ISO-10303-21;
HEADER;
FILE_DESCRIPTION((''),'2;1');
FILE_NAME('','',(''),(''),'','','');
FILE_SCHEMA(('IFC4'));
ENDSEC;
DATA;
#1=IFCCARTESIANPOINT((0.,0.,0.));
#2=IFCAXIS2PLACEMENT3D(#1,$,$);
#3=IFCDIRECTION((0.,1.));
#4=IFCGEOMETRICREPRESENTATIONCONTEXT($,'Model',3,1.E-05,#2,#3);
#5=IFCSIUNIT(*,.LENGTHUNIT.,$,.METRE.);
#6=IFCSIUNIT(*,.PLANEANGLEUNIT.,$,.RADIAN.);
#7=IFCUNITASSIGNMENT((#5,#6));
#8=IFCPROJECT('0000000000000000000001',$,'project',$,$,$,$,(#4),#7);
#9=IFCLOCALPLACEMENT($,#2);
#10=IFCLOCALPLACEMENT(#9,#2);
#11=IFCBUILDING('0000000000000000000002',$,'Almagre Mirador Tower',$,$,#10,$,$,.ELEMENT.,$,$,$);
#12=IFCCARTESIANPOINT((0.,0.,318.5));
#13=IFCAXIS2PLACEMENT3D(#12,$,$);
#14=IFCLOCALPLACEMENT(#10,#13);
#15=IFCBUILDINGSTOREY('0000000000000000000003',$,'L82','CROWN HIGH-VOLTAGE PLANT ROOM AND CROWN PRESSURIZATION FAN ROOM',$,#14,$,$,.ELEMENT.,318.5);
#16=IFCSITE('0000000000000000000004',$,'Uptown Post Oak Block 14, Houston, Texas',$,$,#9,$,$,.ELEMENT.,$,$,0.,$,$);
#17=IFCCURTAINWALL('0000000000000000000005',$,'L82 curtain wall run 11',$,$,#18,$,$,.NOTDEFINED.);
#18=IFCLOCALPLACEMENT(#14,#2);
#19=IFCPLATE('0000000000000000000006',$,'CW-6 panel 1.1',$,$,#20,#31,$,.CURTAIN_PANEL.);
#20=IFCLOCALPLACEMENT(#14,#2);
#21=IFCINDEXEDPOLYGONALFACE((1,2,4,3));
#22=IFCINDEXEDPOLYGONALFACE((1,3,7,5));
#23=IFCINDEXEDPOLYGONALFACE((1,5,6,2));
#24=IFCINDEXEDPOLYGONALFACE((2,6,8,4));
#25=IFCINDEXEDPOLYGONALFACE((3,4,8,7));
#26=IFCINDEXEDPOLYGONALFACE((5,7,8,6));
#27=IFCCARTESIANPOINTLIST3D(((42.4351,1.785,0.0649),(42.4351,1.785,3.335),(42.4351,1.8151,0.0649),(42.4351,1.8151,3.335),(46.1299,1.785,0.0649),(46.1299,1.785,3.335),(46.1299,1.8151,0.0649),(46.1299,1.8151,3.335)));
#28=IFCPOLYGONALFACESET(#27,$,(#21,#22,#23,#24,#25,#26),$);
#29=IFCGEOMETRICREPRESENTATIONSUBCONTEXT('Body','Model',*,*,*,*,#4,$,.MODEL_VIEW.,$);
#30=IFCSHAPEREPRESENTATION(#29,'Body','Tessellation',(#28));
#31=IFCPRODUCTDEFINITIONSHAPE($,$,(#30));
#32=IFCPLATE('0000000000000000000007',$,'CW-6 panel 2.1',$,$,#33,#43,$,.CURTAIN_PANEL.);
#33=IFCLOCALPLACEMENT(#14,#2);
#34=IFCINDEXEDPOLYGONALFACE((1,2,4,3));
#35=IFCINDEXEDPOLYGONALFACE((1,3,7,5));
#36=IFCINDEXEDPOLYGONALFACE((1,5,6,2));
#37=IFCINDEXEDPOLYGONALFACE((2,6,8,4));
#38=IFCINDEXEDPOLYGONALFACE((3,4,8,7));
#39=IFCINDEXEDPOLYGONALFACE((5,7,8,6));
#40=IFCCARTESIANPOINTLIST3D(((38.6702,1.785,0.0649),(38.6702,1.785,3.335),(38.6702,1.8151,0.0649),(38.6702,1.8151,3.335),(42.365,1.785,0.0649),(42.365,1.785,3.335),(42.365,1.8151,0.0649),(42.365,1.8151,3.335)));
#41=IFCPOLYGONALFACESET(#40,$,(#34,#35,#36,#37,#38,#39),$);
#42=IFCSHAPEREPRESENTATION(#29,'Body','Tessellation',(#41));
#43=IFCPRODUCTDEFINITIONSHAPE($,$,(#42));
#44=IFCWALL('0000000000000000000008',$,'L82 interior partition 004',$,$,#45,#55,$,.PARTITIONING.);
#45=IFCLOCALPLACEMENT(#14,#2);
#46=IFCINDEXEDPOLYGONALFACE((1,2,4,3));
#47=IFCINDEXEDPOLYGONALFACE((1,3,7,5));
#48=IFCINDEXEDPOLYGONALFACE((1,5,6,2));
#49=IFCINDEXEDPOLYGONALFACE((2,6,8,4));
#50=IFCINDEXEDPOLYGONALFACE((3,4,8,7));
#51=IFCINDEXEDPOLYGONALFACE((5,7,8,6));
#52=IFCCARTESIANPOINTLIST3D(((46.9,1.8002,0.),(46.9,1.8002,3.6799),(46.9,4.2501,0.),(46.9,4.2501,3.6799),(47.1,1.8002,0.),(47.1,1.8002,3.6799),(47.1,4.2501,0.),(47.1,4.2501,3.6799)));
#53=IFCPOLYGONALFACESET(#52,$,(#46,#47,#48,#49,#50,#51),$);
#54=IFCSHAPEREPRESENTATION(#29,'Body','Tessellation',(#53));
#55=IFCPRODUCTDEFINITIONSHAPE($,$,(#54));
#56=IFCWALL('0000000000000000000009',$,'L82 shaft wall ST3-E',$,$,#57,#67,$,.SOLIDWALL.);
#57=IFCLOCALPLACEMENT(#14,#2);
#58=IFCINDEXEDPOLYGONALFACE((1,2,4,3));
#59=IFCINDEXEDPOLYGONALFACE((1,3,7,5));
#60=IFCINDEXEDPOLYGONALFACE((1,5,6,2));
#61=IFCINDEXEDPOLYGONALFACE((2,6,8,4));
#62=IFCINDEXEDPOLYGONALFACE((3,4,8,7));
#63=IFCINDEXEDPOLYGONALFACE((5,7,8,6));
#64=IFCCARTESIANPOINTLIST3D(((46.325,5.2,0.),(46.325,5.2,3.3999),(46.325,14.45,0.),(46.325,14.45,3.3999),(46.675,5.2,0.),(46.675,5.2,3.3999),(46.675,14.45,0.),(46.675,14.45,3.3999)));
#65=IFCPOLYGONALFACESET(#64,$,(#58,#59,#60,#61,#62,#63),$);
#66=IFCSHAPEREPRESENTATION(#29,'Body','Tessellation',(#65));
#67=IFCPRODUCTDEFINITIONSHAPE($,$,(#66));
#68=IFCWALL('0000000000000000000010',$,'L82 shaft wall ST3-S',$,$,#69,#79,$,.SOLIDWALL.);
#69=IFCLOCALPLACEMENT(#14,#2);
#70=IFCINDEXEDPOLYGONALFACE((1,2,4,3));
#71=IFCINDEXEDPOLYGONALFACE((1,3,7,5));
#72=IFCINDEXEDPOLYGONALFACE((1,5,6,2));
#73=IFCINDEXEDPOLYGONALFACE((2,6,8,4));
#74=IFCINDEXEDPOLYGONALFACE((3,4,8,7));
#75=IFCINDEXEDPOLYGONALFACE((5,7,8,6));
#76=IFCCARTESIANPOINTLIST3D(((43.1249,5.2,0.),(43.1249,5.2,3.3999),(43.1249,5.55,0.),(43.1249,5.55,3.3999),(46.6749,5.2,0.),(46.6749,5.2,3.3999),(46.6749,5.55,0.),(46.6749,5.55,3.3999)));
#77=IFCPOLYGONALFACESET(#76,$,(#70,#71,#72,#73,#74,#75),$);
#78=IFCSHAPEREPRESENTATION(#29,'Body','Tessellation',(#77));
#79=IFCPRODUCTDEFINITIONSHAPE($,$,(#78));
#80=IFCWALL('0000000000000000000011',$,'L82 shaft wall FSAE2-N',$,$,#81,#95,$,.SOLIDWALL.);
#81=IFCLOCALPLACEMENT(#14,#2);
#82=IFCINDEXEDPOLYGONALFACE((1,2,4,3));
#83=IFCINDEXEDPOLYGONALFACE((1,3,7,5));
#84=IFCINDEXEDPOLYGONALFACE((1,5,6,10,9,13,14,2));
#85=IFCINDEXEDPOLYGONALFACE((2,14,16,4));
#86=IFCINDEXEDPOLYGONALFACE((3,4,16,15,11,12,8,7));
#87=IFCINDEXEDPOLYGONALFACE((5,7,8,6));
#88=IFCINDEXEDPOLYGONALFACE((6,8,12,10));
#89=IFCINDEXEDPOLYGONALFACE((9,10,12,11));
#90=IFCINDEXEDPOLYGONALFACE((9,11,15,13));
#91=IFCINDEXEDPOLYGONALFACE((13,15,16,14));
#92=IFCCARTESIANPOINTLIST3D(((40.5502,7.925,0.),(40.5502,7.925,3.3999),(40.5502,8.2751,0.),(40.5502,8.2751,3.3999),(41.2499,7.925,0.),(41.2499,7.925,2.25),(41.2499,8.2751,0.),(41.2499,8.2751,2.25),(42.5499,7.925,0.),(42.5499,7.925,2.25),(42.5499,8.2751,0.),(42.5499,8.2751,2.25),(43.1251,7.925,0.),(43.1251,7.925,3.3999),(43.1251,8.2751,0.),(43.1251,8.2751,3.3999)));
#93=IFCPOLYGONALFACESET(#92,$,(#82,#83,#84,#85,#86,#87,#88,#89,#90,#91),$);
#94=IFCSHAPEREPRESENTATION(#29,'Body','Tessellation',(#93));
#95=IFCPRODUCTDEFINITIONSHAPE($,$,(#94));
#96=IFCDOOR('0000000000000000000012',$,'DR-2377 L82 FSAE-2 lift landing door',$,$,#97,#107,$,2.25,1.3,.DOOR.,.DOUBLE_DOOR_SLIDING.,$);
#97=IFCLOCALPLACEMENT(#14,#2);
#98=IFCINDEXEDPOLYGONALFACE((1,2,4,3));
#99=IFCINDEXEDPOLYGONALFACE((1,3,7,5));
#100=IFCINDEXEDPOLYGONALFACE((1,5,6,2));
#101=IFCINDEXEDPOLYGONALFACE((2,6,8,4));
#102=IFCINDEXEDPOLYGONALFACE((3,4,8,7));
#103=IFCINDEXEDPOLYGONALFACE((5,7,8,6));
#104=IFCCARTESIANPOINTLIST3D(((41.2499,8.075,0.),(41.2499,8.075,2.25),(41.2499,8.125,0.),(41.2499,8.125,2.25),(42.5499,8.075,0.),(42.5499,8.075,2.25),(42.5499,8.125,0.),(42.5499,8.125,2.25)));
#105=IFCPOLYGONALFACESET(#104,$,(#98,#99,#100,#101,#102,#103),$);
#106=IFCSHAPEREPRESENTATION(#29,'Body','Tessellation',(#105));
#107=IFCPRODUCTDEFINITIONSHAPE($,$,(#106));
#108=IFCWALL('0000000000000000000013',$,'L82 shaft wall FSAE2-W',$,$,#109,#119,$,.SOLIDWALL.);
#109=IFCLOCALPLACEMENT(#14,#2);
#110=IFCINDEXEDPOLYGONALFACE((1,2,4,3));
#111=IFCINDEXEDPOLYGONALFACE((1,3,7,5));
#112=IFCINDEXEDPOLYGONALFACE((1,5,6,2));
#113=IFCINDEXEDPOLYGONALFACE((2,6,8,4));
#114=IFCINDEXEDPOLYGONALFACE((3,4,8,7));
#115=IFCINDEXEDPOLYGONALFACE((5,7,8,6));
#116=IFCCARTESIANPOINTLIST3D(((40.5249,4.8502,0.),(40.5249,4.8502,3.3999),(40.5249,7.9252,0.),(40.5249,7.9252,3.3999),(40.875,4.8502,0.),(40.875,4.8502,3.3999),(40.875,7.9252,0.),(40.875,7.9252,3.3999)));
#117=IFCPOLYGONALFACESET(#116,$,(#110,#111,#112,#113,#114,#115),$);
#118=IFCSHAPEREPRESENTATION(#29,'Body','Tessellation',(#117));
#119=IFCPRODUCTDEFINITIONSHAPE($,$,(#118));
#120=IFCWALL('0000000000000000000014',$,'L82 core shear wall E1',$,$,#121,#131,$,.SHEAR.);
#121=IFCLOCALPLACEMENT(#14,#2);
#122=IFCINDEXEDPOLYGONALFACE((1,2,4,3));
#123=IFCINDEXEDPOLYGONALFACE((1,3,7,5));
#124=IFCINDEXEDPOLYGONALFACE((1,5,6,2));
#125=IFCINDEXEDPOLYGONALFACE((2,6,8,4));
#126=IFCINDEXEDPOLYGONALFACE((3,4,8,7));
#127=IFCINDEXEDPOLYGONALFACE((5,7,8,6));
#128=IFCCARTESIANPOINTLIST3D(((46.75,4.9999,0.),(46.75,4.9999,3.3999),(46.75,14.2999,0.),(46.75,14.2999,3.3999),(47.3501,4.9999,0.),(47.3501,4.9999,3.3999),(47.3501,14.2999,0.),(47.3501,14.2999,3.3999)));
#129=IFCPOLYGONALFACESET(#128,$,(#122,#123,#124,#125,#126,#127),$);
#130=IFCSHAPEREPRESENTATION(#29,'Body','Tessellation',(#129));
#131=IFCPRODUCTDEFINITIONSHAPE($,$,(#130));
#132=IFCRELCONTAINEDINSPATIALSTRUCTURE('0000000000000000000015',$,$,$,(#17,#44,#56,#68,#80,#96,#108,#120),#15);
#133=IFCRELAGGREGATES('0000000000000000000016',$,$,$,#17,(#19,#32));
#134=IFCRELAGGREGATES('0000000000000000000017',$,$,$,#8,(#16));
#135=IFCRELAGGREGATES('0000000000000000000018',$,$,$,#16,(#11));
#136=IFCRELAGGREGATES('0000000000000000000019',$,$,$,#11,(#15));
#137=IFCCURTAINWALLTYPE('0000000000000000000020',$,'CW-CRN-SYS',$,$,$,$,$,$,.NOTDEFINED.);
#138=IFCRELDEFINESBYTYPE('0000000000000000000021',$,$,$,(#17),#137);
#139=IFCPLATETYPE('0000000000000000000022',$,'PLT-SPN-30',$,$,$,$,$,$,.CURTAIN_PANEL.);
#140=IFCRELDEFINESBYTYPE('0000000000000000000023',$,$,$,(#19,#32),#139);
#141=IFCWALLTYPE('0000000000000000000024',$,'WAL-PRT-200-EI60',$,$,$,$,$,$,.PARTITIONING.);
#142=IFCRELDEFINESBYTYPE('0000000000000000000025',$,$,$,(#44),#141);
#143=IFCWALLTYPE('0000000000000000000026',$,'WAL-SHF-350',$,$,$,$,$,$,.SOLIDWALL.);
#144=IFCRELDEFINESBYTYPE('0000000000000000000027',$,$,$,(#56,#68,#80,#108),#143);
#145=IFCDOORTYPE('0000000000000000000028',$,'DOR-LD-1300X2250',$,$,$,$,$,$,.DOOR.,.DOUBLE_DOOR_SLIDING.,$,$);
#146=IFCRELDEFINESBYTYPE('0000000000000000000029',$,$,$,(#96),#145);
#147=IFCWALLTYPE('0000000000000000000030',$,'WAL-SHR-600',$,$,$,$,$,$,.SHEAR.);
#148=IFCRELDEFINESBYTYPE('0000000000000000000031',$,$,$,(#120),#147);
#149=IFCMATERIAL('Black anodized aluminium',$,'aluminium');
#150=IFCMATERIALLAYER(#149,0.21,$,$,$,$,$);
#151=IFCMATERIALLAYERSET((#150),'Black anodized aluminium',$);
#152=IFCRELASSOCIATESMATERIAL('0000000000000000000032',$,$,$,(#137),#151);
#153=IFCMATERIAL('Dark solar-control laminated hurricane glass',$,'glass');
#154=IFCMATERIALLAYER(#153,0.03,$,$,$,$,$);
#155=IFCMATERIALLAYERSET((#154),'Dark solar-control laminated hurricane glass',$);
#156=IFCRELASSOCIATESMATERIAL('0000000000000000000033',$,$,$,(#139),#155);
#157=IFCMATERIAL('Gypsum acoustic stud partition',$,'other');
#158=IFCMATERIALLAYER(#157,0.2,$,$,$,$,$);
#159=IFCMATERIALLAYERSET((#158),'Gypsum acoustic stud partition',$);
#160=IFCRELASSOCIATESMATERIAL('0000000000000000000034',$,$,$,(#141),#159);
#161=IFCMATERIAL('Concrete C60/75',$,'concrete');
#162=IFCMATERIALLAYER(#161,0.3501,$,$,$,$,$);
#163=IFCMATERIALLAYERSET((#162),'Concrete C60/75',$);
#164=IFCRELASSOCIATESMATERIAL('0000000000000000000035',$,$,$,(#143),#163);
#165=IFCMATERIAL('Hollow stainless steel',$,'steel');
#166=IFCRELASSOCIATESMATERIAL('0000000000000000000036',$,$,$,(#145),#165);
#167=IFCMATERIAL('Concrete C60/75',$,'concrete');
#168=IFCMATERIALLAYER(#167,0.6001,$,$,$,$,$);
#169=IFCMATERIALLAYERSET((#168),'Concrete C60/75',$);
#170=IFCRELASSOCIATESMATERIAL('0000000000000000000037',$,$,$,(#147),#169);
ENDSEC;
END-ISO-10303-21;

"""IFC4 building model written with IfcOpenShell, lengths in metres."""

from ifc_helpers import new_model, si_unit, direction, frame, frame_2d, origin, origin_2d, place, context, subcontext, project, spatial, rectangle, extrude, material, layer, layer_set, type_object, element, fill, aggregate, save


model = new_model("IFC4")

# Units and contexts
model_context = context("Model", 3, precision=1e-05, world=origin(), true_north=direction((0.0, 1.0)))
body_context = subcontext(model_context, "Body", "Model", "MODEL_VIEW")
ifc_project = project(units=[si_unit("LENGTHUNIT", "METRE"), si_unit("PLANEANGLEUNIT", "RADIAN")], contexts=[model_context])

# Site, building, storey
site_placement = place(None, origin())
site = spatial("IfcSite", under=ifc_project, at=site_placement, Name="Uptown Post Oak Block 14, Houston, Texas", CompositionType="ELEMENT", RefElevation=0.0)
building_placement = place(site_placement, origin())
building = spatial("IfcBuilding", under=site, at=building_placement, Name="Almagre Mirador Tower", CompositionType="ELEMENT")
storey_placement = place(building_placement, frame((0.0, 0.0, 318.5)))
storey = spatial("IfcBuildingStorey", under=building, at=storey_placement, Name="L82", Description="CROWN HIGH-VOLTAGE PLANT ROOM AND CROWN PRESSURIZATION FAN ROOM", CompositionType="ELEMENT", Elevation=318.5)

# Shared definitions
ifc_material_1 = material(Name="Black anodized aluminium", Category="aluminium")
ifc_layer_1 = layer(ifc_material_1, 0.21)
ifc_layer_set_1 = layer_set([ifc_layer_1], Name="Black anodized aluminium")
curtain_wall_type = type_object("IfcCurtainWallType", Name="CW-CRN-SYS", PredefinedType="NOTDEFINED", material=ifc_layer_set_1)

# Curtain wall
curtain_wall_1_placement = place(storey_placement, origin())
curtain_wall_1 = element("IfcCurtainWall", 1, at=curtain_wall_1_placement, inside=storey, type_object=curtain_wall_type, Name="L82 curtain wall run 11", PredefinedType="NOTDEFINED")

# Plates
ifc_material_2 = material(Name="Dark solar-control laminated hurricane glass", Category="glass")
ifc_layer_2 = layer(ifc_material_2, 0.03)
ifc_layer_set_2 = layer_set([ifc_layer_2], Name="Dark solar-control laminated hurricane glass")
plate_type_1 = type_object("IfcPlateType", Name="PLT-SPN-30", PredefinedType="CURTAIN_PANEL", material=ifc_layer_set_2)
plate_1_placement = place(storey_placement, frame((44.2825, 1.8, 0.0649), z_axis=(0.0, 0.0, 1.0), x_axis=(-1.0, 0.0, 0.0)))
plate_1 = element("IfcPlate", 2, at=plate_1_placement, type_object=plate_type_1, Name="CW-6 panel 1.1", PredefinedType="CURTAIN_PANEL", context=body_context, shape_type="SweptSolid", body=[
    extrude(rectangle(XDim=3.6948, YDim=0.03, at=origin_2d()), origin(), (0.0, 0.0, 1.0), 3.27),
])
plate_2_placement = place(storey_placement, frame((40.5176, 1.8, 0.0649), z_axis=(0.0, 0.0, 1.0), x_axis=(-1.0, 0.0, 0.0)))
plate_2 = element("IfcPlate", 3, at=plate_2_placement, type_object=plate_type_1, Name="CW-6 panel 2.1", PredefinedType="CURTAIN_PANEL", context=body_context, shape_type="SweptSolid", body=[
    extrude(rectangle(XDim=3.6948, YDim=0.03, at=origin_2d()), origin(), (0.0, 0.0, 1.0), 3.27),
])
aggregate(curtain_wall_1, [plate_1, plate_2])

# Wall
ifc_material_3 = material(Name="Gypsum acoustic stud partition", Category="other")
ifc_layer_3 = layer(ifc_material_3, 0.2)
ifc_layer_set_3 = layer_set([ifc_layer_3], Name="Gypsum acoustic stud partition")
wall_type_1 = type_object("IfcWallType", Name="WAL-PRT-200-EI60", PredefinedType="PARTITIONING", material=ifc_layer_set_3)
wall_1_placement = place(storey_placement, frame((47.0, 1.8, 0.0), z_axis=(0.0, 0.0, 1.0), x_axis=(0.0, 1.0, 0.0)))
element("IfcWall", 4, at=wall_1_placement, inside=storey, type_object=wall_type_1, Name="L82 interior partition 004", PredefinedType="PARTITIONING", context=body_context, shape_type="SweptSolid", body=[
    extrude(rectangle(XDim=2.45, YDim=0.2, at=frame_2d((1.2251, 0.0))), origin(), (0.0, 0.0, 1.0), 3.6799),
])

# Shared definitions
ifc_material_4 = material(Name="Concrete C60/75", Category="concrete")
ifc_layer_4 = layer(ifc_material_4, 0.3501)
ifc_layer_set_4 = layer_set([ifc_layer_4], Name="Concrete C60/75")
wall_type_2 = type_object("IfcWallType", Name="WAL-SHF-350", PredefinedType="SOLIDWALL", material=ifc_layer_set_4)

# Walls
wall_2_placement = place(storey_placement, frame((46.5, 5.2, 0.0), z_axis=(0.0, 0.0, 1.0), x_axis=(0.0, 1.0, 0.0)))
element("IfcWall", 5, at=wall_2_placement, inside=storey, type_object=wall_type_2, Name="L82 shaft wall ST3-E", PredefinedType="SOLIDWALL", context=body_context, shape_type="SweptSolid", body=[
    extrude(rectangle(XDim=9.25, YDim=0.3501, at=frame_2d((4.625, 0.0))), origin(), (0.0, 0.0, 1.0), 3.3999),
])
wall_3_placement = place(storey_placement, frame((43.125, 5.375, 0.0), z_axis=(0.0, 0.0, 1.0), x_axis=(1.0, 0.0, 0.0)))
element("IfcWall", 6, at=wall_3_placement, inside=storey, type_object=wall_type_2, Name="L82 shaft wall ST3-S", PredefinedType="SOLIDWALL", context=body_context, shape_type="SweptSolid", body=[
    extrude(rectangle(XDim=3.55, YDim=0.3501, at=frame_2d((1.7749, 0.0))), origin(), (0.0, 0.0, 1.0), 3.3999),
])

# Wall, opening, door
wall_4_placement = place(storey_placement, frame((40.55, 8.1001, 0.0), z_axis=(0.0, 0.0, 1.0), x_axis=(1.0, 0.0, 0.0)))
wall_4 = element("IfcWall", 7, at=wall_4_placement, inside=storey, type_object=wall_type_2, Name="L82 shaft wall FSAE2-N", PredefinedType="SOLIDWALL", context=body_context, shape_type="SweptSolid", body=[
    extrude(rectangle(XDim=2.575, YDim=0.3501, at=frame_2d((1.2876, 0.0))), origin(), (0.0, 0.0, 1.0), 3.3999),
])
opening_1_placement = place(wall_4_placement, frame((0.7, 0.0, 0.0)))
opening_1 = element("IfcOpeningElement", 8, at=opening_1_placement, cuts=wall_4, PredefinedType="OPENING", context=body_context, shape_type="SweptSolid", body=[
    extrude(rectangle(XDim=1.3, YDim=2.25, at=frame_2d((0.6499, 1.125))), frame((0.0, 0.185, 0.0), z_axis=(0.0, -1.0, 0.0), x_axis=(1.0, 0.0, 0.0)), (0.0, 0.0, 1.0), 0.3701),
])
ifc_material_5 = material(Name="Hollow stainless steel", Category="steel")
door_type_1 = type_object("IfcDoorType", Name="DOR-LD-1300X2250", OperationType="DOUBLE_DOOR_SLIDING", PredefinedType="DOOR", material=ifc_material_5)
door_1_placement = place(opening_1_placement, origin())
door_1 = element("IfcDoor", 9, at=door_1_placement, inside=storey, type_object=door_type_1, Name="DR-2377 L82 FSAE-2 lift landing door", OperationType="DOUBLE_DOOR_SLIDING", OverallHeight=2.25, OverallWidth=1.3, PredefinedType="DOOR", context=body_context, shape_type="SweptSolid", body=[
    extrude(rectangle(XDim=1.3, YDim=2.25, at=frame_2d((0.6499, 1.125))), frame((0.0, 0.0249, 0.0), z_axis=(0.0, -1.0, 0.0), x_axis=(1.0, 0.0, 0.0)), (0.0, 0.0, 1.0), 0.05),
])
fill(opening_1, door_1)

# Walls
wall_5_placement = place(storey_placement, frame((40.7, 4.8501, 0.0), z_axis=(0.0, 0.0, 1.0), x_axis=(0.0, 1.0, 0.0)))
element("IfcWall", 10, at=wall_5_placement, inside=storey, type_object=wall_type_2, Name="L82 shaft wall FSAE2-W", PredefinedType="SOLIDWALL", context=body_context, shape_type="SweptSolid", body=[
    extrude(rectangle(XDim=3.075, YDim=0.3501, at=frame_2d((1.5376, 0.0))), origin(), (0.0, 0.0, 1.0), 3.3999),
])
ifc_material_6 = material(Name="Concrete C60/75", Category="concrete")
ifc_layer_5 = layer(ifc_material_6, 0.6001)
ifc_layer_set_5 = layer_set([ifc_layer_5], Name="Concrete C60/75")
wall_type_3 = type_object("IfcWallType", Name="WAL-SHR-600", PredefinedType="SHEAR", material=ifc_layer_set_5)
wall_6_placement = place(storey_placement, frame((47.05, 5.0, 0.0), z_axis=(0.0, 0.0, 1.0), x_axis=(0.0, 1.0, 0.0)))
element("IfcWall", 11, at=wall_6_placement, inside=storey, type_object=wall_type_3, Name="L82 core shear wall E1", PredefinedType="SHEAR", context=body_context, shape_type="SweptSolid", body=[
    extrude(rectangle(XDim=9.3, YDim=0.6001, at=frame_2d((4.6499, 0.0))), origin(), (0.0, 0.0, 1.0), 3.3999),
])

save(model, "model.ifc")
